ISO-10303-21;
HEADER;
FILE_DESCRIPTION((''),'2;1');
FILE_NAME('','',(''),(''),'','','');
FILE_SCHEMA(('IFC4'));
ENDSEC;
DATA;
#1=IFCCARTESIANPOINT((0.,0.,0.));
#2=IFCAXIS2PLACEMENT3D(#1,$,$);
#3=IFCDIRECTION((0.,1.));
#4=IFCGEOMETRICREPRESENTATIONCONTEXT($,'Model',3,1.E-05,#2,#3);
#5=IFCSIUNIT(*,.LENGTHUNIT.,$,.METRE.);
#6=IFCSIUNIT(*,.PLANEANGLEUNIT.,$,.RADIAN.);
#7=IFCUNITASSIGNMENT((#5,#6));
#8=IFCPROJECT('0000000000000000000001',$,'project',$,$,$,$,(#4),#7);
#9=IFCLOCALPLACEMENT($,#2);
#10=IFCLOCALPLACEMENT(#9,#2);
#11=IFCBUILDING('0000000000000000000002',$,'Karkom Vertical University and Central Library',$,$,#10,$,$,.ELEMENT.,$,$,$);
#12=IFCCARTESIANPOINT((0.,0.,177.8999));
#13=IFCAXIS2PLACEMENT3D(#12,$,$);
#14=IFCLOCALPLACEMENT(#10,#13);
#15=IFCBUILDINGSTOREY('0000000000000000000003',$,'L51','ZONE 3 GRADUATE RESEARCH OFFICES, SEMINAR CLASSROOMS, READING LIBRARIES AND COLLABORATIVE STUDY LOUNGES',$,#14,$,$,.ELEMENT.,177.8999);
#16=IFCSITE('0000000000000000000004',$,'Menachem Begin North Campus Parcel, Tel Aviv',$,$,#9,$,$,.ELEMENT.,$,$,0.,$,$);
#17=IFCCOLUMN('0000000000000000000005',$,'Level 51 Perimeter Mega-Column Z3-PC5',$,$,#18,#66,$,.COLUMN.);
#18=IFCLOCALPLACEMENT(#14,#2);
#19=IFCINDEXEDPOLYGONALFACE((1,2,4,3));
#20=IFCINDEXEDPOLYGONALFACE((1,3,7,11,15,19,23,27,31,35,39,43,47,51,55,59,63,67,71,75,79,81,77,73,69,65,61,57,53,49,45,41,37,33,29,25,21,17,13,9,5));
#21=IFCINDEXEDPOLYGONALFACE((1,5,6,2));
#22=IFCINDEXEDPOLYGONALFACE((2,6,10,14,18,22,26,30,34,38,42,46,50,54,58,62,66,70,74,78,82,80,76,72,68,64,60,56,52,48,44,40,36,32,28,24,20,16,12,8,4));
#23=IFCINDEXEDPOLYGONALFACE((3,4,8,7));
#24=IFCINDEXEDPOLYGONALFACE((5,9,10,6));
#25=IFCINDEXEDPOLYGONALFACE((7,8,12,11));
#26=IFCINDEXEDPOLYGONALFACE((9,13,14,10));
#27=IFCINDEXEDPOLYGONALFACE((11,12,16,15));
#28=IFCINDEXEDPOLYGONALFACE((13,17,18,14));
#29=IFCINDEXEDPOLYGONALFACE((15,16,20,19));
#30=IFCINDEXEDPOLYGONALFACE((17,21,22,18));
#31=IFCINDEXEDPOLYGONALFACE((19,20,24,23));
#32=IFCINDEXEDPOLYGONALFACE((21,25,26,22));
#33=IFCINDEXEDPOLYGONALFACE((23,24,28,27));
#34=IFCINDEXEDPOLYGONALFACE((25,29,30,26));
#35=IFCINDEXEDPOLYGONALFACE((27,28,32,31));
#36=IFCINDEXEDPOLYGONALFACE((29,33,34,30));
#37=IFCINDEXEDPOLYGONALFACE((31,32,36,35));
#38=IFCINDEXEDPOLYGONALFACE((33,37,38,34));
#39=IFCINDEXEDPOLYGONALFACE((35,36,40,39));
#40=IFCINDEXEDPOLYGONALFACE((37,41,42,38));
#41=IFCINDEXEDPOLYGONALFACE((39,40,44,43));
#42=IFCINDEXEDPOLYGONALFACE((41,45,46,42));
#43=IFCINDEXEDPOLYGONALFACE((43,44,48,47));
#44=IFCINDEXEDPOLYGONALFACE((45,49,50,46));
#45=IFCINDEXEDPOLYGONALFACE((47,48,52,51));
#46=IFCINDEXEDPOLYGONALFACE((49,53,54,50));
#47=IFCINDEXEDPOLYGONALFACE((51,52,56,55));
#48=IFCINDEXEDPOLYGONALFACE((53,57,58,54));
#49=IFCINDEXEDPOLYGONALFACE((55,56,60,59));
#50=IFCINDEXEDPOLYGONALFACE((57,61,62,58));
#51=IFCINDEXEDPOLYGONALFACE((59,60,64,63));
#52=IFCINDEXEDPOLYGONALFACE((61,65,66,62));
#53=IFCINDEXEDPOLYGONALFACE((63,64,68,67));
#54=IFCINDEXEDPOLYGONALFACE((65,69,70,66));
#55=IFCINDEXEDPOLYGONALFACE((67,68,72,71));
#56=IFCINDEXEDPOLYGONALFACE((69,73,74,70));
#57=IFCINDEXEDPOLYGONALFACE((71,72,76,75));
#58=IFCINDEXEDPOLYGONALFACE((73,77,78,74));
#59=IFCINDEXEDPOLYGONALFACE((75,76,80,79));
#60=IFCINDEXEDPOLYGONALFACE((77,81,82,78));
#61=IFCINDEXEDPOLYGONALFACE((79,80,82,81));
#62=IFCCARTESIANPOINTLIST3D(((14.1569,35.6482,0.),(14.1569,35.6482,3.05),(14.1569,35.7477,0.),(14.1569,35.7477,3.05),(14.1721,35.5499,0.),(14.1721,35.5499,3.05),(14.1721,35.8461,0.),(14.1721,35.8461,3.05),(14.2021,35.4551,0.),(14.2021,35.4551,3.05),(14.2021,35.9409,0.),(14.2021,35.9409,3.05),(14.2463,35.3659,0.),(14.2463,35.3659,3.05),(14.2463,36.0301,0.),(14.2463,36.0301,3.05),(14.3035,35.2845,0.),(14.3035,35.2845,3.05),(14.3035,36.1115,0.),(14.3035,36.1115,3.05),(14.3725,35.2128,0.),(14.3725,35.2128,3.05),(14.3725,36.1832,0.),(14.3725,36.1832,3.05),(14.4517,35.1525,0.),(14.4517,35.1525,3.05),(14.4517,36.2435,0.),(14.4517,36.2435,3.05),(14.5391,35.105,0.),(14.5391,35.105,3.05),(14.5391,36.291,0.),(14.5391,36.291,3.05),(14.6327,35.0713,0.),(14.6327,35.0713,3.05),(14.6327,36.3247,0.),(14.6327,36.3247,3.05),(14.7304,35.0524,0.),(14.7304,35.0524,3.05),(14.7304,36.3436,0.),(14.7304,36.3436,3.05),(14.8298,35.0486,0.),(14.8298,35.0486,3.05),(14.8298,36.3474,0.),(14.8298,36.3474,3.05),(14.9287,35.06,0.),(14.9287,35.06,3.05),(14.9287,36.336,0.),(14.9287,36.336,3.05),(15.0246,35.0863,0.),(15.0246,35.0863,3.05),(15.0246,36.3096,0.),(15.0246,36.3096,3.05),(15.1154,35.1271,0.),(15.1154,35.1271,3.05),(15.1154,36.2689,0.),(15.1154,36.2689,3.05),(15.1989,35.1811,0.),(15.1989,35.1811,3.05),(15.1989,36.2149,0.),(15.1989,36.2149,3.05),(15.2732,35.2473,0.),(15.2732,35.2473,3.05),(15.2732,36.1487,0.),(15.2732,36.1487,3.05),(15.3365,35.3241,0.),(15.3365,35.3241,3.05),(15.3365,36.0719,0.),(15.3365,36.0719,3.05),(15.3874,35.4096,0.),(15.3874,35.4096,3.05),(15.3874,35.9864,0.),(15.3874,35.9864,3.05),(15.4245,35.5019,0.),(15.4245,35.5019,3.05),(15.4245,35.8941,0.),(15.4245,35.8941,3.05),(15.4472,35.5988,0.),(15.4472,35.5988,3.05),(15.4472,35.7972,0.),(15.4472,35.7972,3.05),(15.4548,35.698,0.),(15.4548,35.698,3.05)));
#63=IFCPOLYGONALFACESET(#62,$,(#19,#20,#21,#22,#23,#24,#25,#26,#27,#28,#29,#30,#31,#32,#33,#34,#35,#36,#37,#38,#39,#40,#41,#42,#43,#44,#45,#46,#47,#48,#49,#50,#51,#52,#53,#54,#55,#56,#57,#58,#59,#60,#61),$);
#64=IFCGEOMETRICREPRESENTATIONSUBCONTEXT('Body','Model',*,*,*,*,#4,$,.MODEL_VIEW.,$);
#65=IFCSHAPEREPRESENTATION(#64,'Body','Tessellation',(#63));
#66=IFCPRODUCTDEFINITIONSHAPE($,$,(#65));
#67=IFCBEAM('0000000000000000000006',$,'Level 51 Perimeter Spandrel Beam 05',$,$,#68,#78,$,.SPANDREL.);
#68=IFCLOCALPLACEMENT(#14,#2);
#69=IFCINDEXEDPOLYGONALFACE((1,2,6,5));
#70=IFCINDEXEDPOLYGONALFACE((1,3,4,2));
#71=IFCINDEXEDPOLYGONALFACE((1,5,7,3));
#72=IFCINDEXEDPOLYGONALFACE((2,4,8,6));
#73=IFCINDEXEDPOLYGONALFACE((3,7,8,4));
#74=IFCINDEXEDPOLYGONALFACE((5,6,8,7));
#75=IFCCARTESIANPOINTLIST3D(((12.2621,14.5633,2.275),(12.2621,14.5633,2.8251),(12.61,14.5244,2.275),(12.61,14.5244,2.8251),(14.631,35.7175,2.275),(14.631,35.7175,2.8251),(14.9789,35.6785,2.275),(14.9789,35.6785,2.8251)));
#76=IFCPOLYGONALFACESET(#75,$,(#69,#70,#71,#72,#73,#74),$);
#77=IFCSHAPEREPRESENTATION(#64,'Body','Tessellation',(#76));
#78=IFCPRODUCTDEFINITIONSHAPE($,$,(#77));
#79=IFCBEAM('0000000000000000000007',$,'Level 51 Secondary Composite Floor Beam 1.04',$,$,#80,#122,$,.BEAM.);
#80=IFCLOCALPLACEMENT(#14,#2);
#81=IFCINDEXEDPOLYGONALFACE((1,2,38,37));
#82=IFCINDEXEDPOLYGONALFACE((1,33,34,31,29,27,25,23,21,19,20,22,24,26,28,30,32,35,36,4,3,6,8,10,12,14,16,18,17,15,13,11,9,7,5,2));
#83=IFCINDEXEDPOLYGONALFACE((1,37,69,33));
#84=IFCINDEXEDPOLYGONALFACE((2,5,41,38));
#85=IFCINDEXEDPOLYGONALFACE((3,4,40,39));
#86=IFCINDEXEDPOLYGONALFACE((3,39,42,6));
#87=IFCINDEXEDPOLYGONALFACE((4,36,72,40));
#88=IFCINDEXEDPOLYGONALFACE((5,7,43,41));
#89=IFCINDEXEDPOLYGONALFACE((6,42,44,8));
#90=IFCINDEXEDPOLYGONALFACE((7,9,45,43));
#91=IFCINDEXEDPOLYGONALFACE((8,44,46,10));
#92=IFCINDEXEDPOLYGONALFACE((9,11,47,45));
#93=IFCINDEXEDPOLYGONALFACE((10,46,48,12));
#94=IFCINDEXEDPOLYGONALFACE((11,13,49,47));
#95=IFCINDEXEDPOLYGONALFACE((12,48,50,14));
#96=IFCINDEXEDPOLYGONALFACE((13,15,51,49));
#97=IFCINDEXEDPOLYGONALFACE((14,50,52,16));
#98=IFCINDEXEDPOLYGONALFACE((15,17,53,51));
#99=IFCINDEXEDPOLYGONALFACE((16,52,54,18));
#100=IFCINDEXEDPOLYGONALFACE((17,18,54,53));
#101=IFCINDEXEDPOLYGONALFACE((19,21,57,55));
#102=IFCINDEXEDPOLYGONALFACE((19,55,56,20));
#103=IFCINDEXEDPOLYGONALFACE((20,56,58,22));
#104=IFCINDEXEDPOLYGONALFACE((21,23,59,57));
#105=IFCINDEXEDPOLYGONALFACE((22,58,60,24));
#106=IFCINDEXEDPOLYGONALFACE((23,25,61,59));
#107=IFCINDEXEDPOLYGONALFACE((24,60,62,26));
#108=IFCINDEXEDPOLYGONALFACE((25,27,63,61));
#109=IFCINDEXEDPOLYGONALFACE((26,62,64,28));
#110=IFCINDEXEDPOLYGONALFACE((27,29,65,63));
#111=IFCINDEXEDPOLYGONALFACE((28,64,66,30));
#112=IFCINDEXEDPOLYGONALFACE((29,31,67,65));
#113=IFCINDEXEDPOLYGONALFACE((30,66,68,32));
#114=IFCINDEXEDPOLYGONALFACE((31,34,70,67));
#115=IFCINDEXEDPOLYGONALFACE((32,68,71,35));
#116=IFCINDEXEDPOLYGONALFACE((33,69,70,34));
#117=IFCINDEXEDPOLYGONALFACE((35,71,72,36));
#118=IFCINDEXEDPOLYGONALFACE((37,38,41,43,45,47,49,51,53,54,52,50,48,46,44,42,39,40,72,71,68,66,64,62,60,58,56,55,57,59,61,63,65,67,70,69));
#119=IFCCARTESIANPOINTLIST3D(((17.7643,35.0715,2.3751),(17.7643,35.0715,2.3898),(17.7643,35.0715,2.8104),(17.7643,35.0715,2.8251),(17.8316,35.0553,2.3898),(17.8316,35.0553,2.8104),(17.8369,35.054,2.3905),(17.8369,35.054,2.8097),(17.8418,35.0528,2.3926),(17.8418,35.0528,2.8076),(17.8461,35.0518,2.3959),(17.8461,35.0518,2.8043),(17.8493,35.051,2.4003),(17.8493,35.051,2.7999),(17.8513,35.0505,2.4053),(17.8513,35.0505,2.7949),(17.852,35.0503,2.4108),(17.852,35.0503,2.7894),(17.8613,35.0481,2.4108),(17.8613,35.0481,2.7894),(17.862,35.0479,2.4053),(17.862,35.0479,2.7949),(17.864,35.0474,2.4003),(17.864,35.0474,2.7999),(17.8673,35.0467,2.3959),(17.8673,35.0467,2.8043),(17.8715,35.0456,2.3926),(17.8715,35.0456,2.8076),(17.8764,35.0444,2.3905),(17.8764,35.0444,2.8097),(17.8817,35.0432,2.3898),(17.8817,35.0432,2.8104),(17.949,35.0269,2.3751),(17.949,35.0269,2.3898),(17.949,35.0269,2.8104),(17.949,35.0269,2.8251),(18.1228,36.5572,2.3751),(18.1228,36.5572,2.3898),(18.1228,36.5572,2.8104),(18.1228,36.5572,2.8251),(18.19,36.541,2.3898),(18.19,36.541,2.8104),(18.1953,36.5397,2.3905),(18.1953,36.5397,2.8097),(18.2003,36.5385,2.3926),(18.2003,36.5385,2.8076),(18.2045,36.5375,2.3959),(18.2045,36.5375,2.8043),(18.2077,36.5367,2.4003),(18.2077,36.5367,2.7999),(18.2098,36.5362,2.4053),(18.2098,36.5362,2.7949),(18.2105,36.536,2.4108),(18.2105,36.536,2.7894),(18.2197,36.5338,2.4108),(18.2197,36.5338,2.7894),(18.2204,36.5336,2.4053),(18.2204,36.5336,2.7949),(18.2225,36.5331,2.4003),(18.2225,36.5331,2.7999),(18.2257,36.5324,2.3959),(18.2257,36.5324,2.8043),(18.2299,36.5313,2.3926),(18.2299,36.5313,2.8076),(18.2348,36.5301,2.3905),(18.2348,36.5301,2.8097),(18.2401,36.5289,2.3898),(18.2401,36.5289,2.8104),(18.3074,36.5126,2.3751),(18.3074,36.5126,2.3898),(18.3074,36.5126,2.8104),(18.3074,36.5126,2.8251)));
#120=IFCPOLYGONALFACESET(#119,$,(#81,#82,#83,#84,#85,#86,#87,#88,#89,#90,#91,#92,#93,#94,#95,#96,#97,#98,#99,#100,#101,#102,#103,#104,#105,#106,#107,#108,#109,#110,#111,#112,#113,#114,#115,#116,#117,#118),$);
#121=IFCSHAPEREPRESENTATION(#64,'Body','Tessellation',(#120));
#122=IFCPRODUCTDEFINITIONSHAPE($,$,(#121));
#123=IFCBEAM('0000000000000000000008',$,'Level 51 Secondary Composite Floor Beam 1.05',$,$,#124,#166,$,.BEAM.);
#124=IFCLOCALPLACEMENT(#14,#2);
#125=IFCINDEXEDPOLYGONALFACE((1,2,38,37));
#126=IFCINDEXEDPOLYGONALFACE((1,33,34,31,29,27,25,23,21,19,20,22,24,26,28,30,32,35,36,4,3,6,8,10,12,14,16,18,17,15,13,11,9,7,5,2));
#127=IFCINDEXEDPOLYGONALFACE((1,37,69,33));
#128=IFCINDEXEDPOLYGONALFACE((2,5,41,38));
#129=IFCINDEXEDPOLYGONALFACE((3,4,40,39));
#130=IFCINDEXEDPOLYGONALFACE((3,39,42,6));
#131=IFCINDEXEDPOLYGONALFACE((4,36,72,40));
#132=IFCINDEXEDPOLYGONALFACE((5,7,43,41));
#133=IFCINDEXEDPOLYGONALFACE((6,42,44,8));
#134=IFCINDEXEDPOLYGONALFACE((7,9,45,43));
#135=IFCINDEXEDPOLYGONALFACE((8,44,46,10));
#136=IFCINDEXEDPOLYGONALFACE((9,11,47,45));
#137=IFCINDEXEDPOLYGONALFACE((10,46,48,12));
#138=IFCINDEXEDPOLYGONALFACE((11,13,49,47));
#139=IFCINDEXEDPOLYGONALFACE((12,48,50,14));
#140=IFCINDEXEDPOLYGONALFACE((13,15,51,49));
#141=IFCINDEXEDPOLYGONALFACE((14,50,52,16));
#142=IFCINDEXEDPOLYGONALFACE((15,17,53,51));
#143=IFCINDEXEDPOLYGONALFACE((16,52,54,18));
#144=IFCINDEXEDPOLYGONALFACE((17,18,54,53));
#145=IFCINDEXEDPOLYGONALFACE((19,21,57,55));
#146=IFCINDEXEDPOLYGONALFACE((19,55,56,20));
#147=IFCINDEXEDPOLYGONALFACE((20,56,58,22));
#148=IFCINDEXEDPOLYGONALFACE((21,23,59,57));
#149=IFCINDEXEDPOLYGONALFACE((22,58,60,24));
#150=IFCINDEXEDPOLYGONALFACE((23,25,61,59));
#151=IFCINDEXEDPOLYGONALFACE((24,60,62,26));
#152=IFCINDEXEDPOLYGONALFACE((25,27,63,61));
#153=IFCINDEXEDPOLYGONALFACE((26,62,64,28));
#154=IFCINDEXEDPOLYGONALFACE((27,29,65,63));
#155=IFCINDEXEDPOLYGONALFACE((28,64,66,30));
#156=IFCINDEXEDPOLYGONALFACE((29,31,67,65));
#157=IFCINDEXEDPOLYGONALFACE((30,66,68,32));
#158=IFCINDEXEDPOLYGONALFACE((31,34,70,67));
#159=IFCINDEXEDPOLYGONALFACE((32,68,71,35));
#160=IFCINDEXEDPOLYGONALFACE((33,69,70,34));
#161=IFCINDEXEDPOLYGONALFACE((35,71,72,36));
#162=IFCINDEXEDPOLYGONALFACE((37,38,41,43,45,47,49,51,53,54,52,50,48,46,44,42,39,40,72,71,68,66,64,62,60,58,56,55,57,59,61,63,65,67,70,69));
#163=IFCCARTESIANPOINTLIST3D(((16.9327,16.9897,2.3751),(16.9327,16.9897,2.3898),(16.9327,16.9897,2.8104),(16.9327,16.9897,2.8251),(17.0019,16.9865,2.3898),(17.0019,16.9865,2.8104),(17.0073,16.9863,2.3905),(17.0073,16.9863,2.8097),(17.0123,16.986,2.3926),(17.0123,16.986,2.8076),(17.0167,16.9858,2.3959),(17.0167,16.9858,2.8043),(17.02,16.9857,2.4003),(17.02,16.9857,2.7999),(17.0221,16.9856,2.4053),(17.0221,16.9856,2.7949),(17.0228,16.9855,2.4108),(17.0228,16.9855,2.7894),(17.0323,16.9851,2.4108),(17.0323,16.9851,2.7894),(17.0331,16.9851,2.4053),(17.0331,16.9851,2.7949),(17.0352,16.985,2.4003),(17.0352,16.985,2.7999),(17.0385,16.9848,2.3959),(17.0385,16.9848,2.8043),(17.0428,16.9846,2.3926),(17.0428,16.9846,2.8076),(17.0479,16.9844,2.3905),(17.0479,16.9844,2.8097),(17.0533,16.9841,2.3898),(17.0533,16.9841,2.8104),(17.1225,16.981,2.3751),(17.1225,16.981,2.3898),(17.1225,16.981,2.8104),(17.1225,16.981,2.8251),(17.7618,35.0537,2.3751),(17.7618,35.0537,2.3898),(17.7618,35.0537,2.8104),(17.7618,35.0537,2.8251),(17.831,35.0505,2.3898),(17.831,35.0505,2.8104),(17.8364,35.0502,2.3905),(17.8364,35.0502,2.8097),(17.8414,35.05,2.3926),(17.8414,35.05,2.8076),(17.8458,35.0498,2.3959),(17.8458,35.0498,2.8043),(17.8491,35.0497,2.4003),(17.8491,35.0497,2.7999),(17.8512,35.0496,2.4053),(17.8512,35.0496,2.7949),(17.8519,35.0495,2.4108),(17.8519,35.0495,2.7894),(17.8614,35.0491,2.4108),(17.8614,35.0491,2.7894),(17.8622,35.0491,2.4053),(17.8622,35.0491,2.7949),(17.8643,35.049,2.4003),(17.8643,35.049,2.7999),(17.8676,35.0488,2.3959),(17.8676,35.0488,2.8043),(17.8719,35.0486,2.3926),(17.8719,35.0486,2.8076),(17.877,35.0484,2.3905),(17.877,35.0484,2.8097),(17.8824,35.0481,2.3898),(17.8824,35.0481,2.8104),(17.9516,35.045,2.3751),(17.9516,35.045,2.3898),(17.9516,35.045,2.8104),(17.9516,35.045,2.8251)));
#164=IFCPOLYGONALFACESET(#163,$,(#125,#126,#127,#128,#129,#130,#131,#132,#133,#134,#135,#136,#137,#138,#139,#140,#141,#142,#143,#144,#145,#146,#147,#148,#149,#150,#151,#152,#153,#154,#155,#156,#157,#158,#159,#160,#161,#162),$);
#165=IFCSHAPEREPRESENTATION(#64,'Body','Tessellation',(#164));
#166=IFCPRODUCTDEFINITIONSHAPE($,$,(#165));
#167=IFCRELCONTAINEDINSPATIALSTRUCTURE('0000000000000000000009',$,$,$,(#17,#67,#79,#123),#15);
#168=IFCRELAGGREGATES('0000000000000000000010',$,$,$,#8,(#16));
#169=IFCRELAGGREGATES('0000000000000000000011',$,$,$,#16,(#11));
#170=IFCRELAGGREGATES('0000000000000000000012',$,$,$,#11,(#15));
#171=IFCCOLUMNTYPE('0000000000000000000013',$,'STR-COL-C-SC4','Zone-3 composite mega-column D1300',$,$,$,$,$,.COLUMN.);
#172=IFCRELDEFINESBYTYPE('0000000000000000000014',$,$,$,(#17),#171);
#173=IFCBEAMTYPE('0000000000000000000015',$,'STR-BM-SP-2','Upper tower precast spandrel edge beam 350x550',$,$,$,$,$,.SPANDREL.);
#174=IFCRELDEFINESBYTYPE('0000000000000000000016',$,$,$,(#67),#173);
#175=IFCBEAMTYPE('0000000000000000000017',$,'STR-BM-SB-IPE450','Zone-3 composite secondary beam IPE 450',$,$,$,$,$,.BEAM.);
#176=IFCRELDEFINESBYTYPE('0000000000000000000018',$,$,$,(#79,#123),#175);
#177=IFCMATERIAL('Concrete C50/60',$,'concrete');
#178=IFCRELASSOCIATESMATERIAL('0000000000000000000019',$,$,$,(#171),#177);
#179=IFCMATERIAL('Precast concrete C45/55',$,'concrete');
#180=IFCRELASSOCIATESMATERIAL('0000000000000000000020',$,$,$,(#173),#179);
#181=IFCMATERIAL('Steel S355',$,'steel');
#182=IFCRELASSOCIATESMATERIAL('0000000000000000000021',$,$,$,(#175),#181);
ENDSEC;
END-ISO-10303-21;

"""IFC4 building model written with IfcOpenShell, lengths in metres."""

from ifc_helpers import new_model, si_unit, direction, frame, origin, origin_with_axes, origin_2d, place, context, subcontext, project, spatial, rectangle, circle, i_section, extrude, source, transform, mapped, material, material_profile, profile_set, type_object, element, save


model = new_model("IFC4")

# Units and contexts
model_context = context("Model", 3, precision=1e-05, world=origin(), true_north=direction((0.0, 1.0)))
body_context = subcontext(model_context, "Body", "Model", "MODEL_VIEW")
ifc_project = project(units=[si_unit("LENGTHUNIT", "METRE"), si_unit("PLANEANGLEUNIT", "RADIAN")], contexts=[model_context])

# Site, building, storey
site_placement = place(None, origin())
site = spatial("IfcSite", under=ifc_project, at=site_placement, Name="Menachem Begin North Campus Parcel, Tel Aviv", CompositionType="ELEMENT", RefElevation=0.0)
building_placement = place(site_placement, origin())
building = spatial("IfcBuilding", under=site, at=building_placement, Name="Karkom Vertical University and Central Library", CompositionType="ELEMENT")
storey_placement = place(building_placement, frame((0.0, 0.0, 177.8999)))
storey = spatial("IfcBuildingStorey", under=building, at=storey_placement, Name="L51", Description="ZONE 3 GRADUATE RESEARCH OFFICES, SEMINAR CLASSROOMS, READING LIBRARIES AND COLLABORATIVE STUDY LOUNGES", CompositionType="ELEMENT", Elevation=177.8999)

# Column
ifc_material_1 = material(Name="Concrete C50/60", Category="concrete")
ifc_material_profile_1 = material_profile(ifc_material_1, circle(Radius=0.6499, at=origin_2d()), Name="CFT-D1300")
ifc_profile_set_1 = profile_set([ifc_material_profile_1], Name="Concrete C50/60")
column_type = type_object("IfcColumnType", Name="STR-COL-C-SC4", Description="Zone-3 composite mega-column D1300", PredefinedType="COLUMN", material=ifc_profile_set_1)
shared_shape_1 = source(origin_with_axes(), body_context, "Body", "SweptSolid", [
    extrude(circle(Radius=0.6499, at=origin_2d()), origin(), (0.0, 0.0, 1.0), 3.05),
])
column_placement = place(storey_placement, frame((14.8049, 35.698, 0.0), z_axis=(0.0, 0.0, 1.0), x_axis=(1.0, 0.0, 0.0)))
element("IfcColumn", 1, at=column_placement, inside=storey, type_object=column_type, Name="Level 51 Perimeter Mega-Column Z3-PC5", PredefinedType="COLUMN", context=body_context, shape_type="MappedRepresentation", body=[
    mapped(shared_shape_1, transform((0.0, 0.0, 0.0), scale=1.0)),
])

# Beams
ifc_material_2 = material(Name="Precast concrete C45/55", Category="concrete")
ifc_material_profile_2 = material_profile(ifc_material_2, rectangle(XDim=0.3501, YDim=0.55, at=origin_2d()), Name="SPB-350x550")
ifc_profile_set_2 = profile_set([ifc_material_profile_2], Name="Precast concrete C45/55")
beam_type_1 = type_object("IfcBeamType", Name="STR-BM-SP-2", Description="Upper tower precast spandrel edge beam 350x550", PredefinedType="SPANDREL", material=ifc_profile_set_2)
shared_shape_2 = source(origin_with_axes(), body_context, "Body", "SweptSolid", [
    extrude(rectangle(XDim=0.3501, YDim=0.55, at=origin_2d()), origin(), (0.0, 0.0, 1.0), 21.2864),
])
beam_1_placement = place(storey_placement, frame((14.8049, 35.698, 2.55), z_axis=(-0.111287, -0.993788, 0.0), x_axis=(0.993788, -0.111287, 0.0)))
element("IfcBeam", 2, at=beam_1_placement, inside=storey, type_object=beam_type_1, Name="Level 51 Perimeter Spandrel Beam 05", PredefinedType="SPANDREL", context=body_context, shape_type="MappedRepresentation", body=[
    mapped(shared_shape_2, transform((0.0, 0.0, 0.0), scale=1.0)),
])
ifc_material_3 = material(Name="Steel S355", Category="steel")
ifc_material_profile_3 = material_profile(ifc_material_3, i_section(OverallWidth=0.1899, OverallDepth=0.45, WebThickness=0.0095, FlangeThickness=0.0146, FilletRadius=0.021, at=origin_2d()), Name="IPE 450")
ifc_profile_set_3 = profile_set([ifc_material_profile_3], Name="Steel S355")
beam_type_2 = type_object("IfcBeamType", Name="STR-BM-SB-IPE450", Description="Zone-3 composite secondary beam IPE 450", PredefinedType="BEAM", material=ifc_profile_set_3)
shared_shape_3 = source(origin_with_axes(), body_context, "Body", "SweptSolid", [
    extrude(i_section(OverallWidth=0.1899, OverallDepth=0.45, WebThickness=0.0095, FlangeThickness=0.0146, FilletRadius=0.021, at=origin_2d()), origin(), (0.0, 0.0, 1.0), 1.5283),
])
beam_2_placement = place(storey_placement, frame((18.2151, 36.5349, 2.6001), z_axis=(-0.234521, -0.972111, 0.0), x_axis=(0.972111, -0.234521, 0.0)))
element("IfcBeam", 3, at=beam_2_placement, inside=storey, type_object=beam_type_2, Name="Level 51 Secondary Composite Floor Beam 1.04", PredefinedType="BEAM", context=body_context, shape_type="MappedRepresentation", body=[
    mapped(shared_shape_3, transform((0.0, 0.0, 0.0), scale=1.0)),
])
shared_shape_4 = source(origin_with_axes(), body_context, "Body", "SweptSolid", [
    extrude(i_section(OverallWidth=0.1899, OverallDepth=0.45, WebThickness=0.0095, FlangeThickness=0.0146, FilletRadius=0.021, at=origin_2d()), origin(), (0.0, 0.0, 1.0), 18.083),
])
beam_3_placement = place(storey_placement, frame((17.8567, 35.0493, 2.6001), z_axis=(-0.04585, -0.998948, 0.0), x_axis=(0.998948, -0.04585, 0.0)))
element("IfcBeam", 4, at=beam_3_placement, inside=storey, type_object=beam_type_2, Name="Level 51 Secondary Composite Floor Beam 1.05", PredefinedType="BEAM", context=body_context, shape_type="MappedRepresentation", body=[
    mapped(shared_shape_4, transform((0.0, 0.0, 0.0), scale=1.0)),
])

save(model, "model.ifc")
